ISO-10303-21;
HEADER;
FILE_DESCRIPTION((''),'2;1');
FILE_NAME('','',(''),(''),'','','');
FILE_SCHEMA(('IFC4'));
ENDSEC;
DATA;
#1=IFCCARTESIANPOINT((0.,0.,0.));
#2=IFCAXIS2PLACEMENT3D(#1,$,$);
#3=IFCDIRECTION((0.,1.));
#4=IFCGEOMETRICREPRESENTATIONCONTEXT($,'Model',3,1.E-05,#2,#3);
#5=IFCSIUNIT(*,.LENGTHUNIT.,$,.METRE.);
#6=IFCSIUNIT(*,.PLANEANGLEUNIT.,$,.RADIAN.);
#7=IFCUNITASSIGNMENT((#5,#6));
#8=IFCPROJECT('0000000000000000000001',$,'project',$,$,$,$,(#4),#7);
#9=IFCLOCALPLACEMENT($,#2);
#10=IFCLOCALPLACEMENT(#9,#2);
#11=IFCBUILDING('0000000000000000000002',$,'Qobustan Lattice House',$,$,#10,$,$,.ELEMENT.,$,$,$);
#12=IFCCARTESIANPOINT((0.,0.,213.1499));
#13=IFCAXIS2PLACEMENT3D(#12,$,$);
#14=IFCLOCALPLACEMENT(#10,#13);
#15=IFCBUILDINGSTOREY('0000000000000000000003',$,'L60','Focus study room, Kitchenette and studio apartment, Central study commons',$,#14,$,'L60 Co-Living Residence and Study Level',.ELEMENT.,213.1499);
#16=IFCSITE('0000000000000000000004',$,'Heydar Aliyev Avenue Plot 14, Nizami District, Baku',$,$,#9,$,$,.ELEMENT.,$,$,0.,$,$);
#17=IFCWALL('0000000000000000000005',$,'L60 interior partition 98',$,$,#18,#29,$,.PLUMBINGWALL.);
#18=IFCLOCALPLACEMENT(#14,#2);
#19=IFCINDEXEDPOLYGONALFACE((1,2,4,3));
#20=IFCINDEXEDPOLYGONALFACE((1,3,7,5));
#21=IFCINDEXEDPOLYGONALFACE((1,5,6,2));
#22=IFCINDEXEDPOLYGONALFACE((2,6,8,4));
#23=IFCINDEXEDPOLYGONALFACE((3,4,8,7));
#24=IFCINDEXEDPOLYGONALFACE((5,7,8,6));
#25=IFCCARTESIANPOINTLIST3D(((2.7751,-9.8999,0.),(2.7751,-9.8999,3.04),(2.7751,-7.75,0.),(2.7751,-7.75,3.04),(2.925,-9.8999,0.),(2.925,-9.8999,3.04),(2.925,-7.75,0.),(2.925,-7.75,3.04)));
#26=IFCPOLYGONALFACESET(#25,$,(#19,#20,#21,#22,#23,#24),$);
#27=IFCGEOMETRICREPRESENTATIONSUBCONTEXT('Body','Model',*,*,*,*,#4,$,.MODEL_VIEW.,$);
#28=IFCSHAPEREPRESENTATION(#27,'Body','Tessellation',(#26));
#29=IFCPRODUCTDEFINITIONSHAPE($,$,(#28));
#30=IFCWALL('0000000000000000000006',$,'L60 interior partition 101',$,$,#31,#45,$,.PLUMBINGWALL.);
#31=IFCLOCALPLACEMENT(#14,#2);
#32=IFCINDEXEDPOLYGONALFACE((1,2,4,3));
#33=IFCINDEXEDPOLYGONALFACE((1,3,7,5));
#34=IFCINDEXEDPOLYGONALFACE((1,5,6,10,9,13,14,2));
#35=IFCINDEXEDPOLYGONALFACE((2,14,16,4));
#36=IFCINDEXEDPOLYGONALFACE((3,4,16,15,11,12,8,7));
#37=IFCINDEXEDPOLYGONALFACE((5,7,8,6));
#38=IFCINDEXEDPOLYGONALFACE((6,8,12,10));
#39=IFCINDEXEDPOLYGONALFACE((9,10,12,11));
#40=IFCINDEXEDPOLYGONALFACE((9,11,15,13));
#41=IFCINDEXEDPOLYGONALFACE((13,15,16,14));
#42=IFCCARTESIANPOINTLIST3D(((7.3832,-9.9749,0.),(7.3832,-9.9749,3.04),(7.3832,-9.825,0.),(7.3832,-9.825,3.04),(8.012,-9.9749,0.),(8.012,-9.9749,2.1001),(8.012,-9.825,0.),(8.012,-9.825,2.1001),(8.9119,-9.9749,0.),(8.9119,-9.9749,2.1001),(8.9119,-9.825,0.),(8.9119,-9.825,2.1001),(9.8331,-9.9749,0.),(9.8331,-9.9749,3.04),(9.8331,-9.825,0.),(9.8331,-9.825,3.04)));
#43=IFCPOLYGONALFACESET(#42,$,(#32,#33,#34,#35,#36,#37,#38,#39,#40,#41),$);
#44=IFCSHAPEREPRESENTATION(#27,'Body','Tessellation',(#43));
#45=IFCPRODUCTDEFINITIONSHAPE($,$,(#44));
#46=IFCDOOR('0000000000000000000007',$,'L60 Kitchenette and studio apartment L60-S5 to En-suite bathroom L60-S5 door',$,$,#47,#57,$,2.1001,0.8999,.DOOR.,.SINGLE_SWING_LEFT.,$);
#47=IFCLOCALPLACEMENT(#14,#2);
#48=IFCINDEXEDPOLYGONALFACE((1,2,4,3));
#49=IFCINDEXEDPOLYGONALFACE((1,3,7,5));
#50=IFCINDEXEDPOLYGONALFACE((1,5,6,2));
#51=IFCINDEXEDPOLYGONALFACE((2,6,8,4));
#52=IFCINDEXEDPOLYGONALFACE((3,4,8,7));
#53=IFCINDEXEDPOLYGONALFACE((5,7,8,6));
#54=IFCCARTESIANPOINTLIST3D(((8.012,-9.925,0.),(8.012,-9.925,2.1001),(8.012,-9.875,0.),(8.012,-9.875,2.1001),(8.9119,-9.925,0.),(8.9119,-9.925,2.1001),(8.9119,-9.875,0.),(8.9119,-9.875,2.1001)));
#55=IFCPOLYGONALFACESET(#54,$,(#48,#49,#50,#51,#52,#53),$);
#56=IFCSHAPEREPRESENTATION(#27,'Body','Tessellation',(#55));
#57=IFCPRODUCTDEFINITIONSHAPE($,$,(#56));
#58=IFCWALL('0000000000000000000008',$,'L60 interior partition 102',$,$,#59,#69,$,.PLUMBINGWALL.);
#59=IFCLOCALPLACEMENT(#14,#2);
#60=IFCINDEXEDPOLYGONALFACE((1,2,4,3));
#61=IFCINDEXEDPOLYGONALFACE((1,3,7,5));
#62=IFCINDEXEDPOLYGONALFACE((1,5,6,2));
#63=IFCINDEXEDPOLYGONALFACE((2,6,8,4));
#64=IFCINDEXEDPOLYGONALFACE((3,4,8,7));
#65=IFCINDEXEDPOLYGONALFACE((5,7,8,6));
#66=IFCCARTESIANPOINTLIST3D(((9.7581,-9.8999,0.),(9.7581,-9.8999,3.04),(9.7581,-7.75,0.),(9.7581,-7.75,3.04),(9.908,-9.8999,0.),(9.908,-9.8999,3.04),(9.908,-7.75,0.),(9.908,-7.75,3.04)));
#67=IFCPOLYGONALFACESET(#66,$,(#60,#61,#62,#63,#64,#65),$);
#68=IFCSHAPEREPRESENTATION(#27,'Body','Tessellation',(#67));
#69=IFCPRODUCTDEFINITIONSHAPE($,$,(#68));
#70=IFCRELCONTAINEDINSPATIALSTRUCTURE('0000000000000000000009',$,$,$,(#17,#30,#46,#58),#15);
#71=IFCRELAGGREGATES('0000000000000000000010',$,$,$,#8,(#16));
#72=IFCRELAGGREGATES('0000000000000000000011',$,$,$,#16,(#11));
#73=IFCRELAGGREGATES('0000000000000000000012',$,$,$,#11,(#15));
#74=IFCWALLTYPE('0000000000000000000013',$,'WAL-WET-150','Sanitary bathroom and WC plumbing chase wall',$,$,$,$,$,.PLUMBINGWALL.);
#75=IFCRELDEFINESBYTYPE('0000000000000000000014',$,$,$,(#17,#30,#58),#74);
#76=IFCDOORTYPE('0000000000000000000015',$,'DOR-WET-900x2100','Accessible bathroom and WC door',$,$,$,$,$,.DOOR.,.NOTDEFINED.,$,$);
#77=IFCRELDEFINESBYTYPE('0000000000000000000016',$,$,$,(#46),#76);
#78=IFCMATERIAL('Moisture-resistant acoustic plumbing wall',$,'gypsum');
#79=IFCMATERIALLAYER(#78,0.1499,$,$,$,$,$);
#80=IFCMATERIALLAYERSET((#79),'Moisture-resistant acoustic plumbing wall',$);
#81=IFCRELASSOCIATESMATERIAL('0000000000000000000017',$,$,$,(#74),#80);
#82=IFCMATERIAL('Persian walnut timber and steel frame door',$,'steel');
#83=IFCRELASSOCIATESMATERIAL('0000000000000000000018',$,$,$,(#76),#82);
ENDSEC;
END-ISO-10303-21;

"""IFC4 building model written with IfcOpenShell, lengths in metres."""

from ifc_helpers import new_model, si_unit, direction, frame, frame_2d, origin, place, context, subcontext, project, spatial, rectangle, extrude, material, layer, layer_set, type_object, element, fill, save


model = new_model("IFC4")

# Units and contexts
model_context = context("Model", 3, precision=1e-05, world=origin(), true_north=direction((0.0, 1.0)))
body_context = subcontext(model_context, "Body", "Model", "MODEL_VIEW")
ifc_project = project(units=[si_unit("LENGTHUNIT", "METRE"), si_unit("PLANEANGLEUNIT", "RADIAN")], contexts=[model_context])

# Site, building, storey
site_placement = place(None, origin())
site = spatial("IfcSite", under=ifc_project, at=site_placement, Name="Heydar Aliyev Avenue Plot 14, Nizami District, Baku", CompositionType="ELEMENT", RefElevation=0.0)
building_placement = place(site_placement, origin())
building = spatial("IfcBuilding", under=site, at=building_placement, Name="Qobustan Lattice House", CompositionType="ELEMENT")
storey_placement = place(building_placement, frame((0.0, 0.0, 213.1499)))
storey = spatial("IfcBuildingStorey", under=building, at=storey_placement, Name="L60", Description="Focus study room, Kitchenette and studio apartment, Central study commons", LongName="L60 Co-Living Residence and Study Level", CompositionType="ELEMENT", Elevation=213.1499)

# Shared definitions
ifc_material_1 = material(Name="Moisture-resistant acoustic plumbing wall", Category="gypsum")
ifc_layer_1 = layer(ifc_material_1, 0.1499)
ifc_layer_set_1 = layer_set([ifc_layer_1], Name="Moisture-resistant acoustic plumbing wall")
wall_type_1 = type_object("IfcWallType", Name="WAL-WET-150", Description="Sanitary bathroom and WC plumbing chase wall", PredefinedType="PLUMBINGWALL", material=ifc_layer_set_1)

# Shared definitions
ifc_material_2 = material(Name="Persian walnut timber and steel frame door", Category="steel")
door_type_1 = type_object("IfcDoorType", Name="DOR-WET-900x2100", Description="Accessible bathroom and WC door", OperationType="NOTDEFINED", PredefinedType="DOOR", material=ifc_material_2)

# Wall
wall_1_placement = place(storey_placement, frame((2.8501, -9.8999, 0.0), z_axis=(0.0, 0.0, 1.0), x_axis=(0.0, 1.0, 0.0)))
element("IfcWall", 1, at=wall_1_placement, inside=storey, type_object=wall_type_1, Name="L60 interior partition 98", PredefinedType="PLUMBINGWALL", context=body_context, shape_type="SweptSolid", body=[
    extrude(rectangle(XDim=2.1499, YDim=0.1499, at=frame_2d((1.075, 0.0))), origin(), (0.0, 0.0, 1.0), 3.04),
])

# Wall, opening, door
wall_2_placement = place(storey_placement, frame((7.3831, -9.8999, 0.0), z_axis=(0.0, 0.0, 1.0), x_axis=(1.0, 0.0, 0.0)))
wall_2 = element("IfcWall", 2, at=wall_2_placement, inside=storey, type_object=wall_type_1, Name="L60 interior partition 101", PredefinedType="PLUMBINGWALL", context=body_context, shape_type="SweptSolid", body=[
    extrude(rectangle(XDim=2.45, YDim=0.1499, at=frame_2d((1.2251, 0.0))), origin(), (0.0, 0.0, 1.0), 3.04),
])
opening_1_placement = place(wall_2_placement, frame((0.6289, 0.0, 0.0)))
opening_1 = element("IfcOpeningElement", 3, at=opening_1_placement, cuts=wall_2, PredefinedType="OPENING", context=body_context, shape_type="SweptSolid", body=[
    extrude(rectangle(XDim=0.8999, YDim=2.1001, at=frame_2d((0.45, 1.05))), frame((0.0, 0.085, 0.0), z_axis=(0.0, -1.0, 0.0), x_axis=(1.0, 0.0, 0.0)), (0.0, 0.0, 1.0), 0.1699),
])
door_1_placement = place(opening_1_placement, origin())
door_1 = element("IfcDoor", 4, at=door_1_placement, inside=storey, type_object=door_type_1, Name="L60 Kitchenette and studio apartment L60-S5 to En-suite bathroom L60-S5 door", OperationType="SINGLE_SWING_LEFT", OverallHeight=2.1001, OverallWidth=0.8999, PredefinedType="DOOR", context=body_context, shape_type="SweptSolid", body=[
    extrude(rectangle(XDim=0.8999, YDim=2.1001, at=frame_2d((0.45, 1.05))), frame((0.0, 0.0249, 0.0), z_axis=(0.0, -1.0, 0.0), x_axis=(1.0, 0.0, 0.0)), (0.0, 0.0, 1.0), 0.05),
])
fill(opening_1, door_1)

# Wall
wall_3_placement = place(storey_placement, frame((9.833, -9.8999, 0.0), z_axis=(0.0, 0.0, 1.0), x_axis=(0.0, 1.0, 0.0)))
element("IfcWall", 5, at=wall_3_placement, inside=storey, type_object=wall_type_1, Name="L60 interior partition 102", PredefinedType="PLUMBINGWALL", context=body_context, shape_type="SweptSolid", body=[
    extrude(rectangle(XDim=2.1499, YDim=0.1499, at=frame_2d((1.075, 0.0))), origin(), (0.0, 0.0, 1.0), 3.04),
])

save(model, "model.ifc")
